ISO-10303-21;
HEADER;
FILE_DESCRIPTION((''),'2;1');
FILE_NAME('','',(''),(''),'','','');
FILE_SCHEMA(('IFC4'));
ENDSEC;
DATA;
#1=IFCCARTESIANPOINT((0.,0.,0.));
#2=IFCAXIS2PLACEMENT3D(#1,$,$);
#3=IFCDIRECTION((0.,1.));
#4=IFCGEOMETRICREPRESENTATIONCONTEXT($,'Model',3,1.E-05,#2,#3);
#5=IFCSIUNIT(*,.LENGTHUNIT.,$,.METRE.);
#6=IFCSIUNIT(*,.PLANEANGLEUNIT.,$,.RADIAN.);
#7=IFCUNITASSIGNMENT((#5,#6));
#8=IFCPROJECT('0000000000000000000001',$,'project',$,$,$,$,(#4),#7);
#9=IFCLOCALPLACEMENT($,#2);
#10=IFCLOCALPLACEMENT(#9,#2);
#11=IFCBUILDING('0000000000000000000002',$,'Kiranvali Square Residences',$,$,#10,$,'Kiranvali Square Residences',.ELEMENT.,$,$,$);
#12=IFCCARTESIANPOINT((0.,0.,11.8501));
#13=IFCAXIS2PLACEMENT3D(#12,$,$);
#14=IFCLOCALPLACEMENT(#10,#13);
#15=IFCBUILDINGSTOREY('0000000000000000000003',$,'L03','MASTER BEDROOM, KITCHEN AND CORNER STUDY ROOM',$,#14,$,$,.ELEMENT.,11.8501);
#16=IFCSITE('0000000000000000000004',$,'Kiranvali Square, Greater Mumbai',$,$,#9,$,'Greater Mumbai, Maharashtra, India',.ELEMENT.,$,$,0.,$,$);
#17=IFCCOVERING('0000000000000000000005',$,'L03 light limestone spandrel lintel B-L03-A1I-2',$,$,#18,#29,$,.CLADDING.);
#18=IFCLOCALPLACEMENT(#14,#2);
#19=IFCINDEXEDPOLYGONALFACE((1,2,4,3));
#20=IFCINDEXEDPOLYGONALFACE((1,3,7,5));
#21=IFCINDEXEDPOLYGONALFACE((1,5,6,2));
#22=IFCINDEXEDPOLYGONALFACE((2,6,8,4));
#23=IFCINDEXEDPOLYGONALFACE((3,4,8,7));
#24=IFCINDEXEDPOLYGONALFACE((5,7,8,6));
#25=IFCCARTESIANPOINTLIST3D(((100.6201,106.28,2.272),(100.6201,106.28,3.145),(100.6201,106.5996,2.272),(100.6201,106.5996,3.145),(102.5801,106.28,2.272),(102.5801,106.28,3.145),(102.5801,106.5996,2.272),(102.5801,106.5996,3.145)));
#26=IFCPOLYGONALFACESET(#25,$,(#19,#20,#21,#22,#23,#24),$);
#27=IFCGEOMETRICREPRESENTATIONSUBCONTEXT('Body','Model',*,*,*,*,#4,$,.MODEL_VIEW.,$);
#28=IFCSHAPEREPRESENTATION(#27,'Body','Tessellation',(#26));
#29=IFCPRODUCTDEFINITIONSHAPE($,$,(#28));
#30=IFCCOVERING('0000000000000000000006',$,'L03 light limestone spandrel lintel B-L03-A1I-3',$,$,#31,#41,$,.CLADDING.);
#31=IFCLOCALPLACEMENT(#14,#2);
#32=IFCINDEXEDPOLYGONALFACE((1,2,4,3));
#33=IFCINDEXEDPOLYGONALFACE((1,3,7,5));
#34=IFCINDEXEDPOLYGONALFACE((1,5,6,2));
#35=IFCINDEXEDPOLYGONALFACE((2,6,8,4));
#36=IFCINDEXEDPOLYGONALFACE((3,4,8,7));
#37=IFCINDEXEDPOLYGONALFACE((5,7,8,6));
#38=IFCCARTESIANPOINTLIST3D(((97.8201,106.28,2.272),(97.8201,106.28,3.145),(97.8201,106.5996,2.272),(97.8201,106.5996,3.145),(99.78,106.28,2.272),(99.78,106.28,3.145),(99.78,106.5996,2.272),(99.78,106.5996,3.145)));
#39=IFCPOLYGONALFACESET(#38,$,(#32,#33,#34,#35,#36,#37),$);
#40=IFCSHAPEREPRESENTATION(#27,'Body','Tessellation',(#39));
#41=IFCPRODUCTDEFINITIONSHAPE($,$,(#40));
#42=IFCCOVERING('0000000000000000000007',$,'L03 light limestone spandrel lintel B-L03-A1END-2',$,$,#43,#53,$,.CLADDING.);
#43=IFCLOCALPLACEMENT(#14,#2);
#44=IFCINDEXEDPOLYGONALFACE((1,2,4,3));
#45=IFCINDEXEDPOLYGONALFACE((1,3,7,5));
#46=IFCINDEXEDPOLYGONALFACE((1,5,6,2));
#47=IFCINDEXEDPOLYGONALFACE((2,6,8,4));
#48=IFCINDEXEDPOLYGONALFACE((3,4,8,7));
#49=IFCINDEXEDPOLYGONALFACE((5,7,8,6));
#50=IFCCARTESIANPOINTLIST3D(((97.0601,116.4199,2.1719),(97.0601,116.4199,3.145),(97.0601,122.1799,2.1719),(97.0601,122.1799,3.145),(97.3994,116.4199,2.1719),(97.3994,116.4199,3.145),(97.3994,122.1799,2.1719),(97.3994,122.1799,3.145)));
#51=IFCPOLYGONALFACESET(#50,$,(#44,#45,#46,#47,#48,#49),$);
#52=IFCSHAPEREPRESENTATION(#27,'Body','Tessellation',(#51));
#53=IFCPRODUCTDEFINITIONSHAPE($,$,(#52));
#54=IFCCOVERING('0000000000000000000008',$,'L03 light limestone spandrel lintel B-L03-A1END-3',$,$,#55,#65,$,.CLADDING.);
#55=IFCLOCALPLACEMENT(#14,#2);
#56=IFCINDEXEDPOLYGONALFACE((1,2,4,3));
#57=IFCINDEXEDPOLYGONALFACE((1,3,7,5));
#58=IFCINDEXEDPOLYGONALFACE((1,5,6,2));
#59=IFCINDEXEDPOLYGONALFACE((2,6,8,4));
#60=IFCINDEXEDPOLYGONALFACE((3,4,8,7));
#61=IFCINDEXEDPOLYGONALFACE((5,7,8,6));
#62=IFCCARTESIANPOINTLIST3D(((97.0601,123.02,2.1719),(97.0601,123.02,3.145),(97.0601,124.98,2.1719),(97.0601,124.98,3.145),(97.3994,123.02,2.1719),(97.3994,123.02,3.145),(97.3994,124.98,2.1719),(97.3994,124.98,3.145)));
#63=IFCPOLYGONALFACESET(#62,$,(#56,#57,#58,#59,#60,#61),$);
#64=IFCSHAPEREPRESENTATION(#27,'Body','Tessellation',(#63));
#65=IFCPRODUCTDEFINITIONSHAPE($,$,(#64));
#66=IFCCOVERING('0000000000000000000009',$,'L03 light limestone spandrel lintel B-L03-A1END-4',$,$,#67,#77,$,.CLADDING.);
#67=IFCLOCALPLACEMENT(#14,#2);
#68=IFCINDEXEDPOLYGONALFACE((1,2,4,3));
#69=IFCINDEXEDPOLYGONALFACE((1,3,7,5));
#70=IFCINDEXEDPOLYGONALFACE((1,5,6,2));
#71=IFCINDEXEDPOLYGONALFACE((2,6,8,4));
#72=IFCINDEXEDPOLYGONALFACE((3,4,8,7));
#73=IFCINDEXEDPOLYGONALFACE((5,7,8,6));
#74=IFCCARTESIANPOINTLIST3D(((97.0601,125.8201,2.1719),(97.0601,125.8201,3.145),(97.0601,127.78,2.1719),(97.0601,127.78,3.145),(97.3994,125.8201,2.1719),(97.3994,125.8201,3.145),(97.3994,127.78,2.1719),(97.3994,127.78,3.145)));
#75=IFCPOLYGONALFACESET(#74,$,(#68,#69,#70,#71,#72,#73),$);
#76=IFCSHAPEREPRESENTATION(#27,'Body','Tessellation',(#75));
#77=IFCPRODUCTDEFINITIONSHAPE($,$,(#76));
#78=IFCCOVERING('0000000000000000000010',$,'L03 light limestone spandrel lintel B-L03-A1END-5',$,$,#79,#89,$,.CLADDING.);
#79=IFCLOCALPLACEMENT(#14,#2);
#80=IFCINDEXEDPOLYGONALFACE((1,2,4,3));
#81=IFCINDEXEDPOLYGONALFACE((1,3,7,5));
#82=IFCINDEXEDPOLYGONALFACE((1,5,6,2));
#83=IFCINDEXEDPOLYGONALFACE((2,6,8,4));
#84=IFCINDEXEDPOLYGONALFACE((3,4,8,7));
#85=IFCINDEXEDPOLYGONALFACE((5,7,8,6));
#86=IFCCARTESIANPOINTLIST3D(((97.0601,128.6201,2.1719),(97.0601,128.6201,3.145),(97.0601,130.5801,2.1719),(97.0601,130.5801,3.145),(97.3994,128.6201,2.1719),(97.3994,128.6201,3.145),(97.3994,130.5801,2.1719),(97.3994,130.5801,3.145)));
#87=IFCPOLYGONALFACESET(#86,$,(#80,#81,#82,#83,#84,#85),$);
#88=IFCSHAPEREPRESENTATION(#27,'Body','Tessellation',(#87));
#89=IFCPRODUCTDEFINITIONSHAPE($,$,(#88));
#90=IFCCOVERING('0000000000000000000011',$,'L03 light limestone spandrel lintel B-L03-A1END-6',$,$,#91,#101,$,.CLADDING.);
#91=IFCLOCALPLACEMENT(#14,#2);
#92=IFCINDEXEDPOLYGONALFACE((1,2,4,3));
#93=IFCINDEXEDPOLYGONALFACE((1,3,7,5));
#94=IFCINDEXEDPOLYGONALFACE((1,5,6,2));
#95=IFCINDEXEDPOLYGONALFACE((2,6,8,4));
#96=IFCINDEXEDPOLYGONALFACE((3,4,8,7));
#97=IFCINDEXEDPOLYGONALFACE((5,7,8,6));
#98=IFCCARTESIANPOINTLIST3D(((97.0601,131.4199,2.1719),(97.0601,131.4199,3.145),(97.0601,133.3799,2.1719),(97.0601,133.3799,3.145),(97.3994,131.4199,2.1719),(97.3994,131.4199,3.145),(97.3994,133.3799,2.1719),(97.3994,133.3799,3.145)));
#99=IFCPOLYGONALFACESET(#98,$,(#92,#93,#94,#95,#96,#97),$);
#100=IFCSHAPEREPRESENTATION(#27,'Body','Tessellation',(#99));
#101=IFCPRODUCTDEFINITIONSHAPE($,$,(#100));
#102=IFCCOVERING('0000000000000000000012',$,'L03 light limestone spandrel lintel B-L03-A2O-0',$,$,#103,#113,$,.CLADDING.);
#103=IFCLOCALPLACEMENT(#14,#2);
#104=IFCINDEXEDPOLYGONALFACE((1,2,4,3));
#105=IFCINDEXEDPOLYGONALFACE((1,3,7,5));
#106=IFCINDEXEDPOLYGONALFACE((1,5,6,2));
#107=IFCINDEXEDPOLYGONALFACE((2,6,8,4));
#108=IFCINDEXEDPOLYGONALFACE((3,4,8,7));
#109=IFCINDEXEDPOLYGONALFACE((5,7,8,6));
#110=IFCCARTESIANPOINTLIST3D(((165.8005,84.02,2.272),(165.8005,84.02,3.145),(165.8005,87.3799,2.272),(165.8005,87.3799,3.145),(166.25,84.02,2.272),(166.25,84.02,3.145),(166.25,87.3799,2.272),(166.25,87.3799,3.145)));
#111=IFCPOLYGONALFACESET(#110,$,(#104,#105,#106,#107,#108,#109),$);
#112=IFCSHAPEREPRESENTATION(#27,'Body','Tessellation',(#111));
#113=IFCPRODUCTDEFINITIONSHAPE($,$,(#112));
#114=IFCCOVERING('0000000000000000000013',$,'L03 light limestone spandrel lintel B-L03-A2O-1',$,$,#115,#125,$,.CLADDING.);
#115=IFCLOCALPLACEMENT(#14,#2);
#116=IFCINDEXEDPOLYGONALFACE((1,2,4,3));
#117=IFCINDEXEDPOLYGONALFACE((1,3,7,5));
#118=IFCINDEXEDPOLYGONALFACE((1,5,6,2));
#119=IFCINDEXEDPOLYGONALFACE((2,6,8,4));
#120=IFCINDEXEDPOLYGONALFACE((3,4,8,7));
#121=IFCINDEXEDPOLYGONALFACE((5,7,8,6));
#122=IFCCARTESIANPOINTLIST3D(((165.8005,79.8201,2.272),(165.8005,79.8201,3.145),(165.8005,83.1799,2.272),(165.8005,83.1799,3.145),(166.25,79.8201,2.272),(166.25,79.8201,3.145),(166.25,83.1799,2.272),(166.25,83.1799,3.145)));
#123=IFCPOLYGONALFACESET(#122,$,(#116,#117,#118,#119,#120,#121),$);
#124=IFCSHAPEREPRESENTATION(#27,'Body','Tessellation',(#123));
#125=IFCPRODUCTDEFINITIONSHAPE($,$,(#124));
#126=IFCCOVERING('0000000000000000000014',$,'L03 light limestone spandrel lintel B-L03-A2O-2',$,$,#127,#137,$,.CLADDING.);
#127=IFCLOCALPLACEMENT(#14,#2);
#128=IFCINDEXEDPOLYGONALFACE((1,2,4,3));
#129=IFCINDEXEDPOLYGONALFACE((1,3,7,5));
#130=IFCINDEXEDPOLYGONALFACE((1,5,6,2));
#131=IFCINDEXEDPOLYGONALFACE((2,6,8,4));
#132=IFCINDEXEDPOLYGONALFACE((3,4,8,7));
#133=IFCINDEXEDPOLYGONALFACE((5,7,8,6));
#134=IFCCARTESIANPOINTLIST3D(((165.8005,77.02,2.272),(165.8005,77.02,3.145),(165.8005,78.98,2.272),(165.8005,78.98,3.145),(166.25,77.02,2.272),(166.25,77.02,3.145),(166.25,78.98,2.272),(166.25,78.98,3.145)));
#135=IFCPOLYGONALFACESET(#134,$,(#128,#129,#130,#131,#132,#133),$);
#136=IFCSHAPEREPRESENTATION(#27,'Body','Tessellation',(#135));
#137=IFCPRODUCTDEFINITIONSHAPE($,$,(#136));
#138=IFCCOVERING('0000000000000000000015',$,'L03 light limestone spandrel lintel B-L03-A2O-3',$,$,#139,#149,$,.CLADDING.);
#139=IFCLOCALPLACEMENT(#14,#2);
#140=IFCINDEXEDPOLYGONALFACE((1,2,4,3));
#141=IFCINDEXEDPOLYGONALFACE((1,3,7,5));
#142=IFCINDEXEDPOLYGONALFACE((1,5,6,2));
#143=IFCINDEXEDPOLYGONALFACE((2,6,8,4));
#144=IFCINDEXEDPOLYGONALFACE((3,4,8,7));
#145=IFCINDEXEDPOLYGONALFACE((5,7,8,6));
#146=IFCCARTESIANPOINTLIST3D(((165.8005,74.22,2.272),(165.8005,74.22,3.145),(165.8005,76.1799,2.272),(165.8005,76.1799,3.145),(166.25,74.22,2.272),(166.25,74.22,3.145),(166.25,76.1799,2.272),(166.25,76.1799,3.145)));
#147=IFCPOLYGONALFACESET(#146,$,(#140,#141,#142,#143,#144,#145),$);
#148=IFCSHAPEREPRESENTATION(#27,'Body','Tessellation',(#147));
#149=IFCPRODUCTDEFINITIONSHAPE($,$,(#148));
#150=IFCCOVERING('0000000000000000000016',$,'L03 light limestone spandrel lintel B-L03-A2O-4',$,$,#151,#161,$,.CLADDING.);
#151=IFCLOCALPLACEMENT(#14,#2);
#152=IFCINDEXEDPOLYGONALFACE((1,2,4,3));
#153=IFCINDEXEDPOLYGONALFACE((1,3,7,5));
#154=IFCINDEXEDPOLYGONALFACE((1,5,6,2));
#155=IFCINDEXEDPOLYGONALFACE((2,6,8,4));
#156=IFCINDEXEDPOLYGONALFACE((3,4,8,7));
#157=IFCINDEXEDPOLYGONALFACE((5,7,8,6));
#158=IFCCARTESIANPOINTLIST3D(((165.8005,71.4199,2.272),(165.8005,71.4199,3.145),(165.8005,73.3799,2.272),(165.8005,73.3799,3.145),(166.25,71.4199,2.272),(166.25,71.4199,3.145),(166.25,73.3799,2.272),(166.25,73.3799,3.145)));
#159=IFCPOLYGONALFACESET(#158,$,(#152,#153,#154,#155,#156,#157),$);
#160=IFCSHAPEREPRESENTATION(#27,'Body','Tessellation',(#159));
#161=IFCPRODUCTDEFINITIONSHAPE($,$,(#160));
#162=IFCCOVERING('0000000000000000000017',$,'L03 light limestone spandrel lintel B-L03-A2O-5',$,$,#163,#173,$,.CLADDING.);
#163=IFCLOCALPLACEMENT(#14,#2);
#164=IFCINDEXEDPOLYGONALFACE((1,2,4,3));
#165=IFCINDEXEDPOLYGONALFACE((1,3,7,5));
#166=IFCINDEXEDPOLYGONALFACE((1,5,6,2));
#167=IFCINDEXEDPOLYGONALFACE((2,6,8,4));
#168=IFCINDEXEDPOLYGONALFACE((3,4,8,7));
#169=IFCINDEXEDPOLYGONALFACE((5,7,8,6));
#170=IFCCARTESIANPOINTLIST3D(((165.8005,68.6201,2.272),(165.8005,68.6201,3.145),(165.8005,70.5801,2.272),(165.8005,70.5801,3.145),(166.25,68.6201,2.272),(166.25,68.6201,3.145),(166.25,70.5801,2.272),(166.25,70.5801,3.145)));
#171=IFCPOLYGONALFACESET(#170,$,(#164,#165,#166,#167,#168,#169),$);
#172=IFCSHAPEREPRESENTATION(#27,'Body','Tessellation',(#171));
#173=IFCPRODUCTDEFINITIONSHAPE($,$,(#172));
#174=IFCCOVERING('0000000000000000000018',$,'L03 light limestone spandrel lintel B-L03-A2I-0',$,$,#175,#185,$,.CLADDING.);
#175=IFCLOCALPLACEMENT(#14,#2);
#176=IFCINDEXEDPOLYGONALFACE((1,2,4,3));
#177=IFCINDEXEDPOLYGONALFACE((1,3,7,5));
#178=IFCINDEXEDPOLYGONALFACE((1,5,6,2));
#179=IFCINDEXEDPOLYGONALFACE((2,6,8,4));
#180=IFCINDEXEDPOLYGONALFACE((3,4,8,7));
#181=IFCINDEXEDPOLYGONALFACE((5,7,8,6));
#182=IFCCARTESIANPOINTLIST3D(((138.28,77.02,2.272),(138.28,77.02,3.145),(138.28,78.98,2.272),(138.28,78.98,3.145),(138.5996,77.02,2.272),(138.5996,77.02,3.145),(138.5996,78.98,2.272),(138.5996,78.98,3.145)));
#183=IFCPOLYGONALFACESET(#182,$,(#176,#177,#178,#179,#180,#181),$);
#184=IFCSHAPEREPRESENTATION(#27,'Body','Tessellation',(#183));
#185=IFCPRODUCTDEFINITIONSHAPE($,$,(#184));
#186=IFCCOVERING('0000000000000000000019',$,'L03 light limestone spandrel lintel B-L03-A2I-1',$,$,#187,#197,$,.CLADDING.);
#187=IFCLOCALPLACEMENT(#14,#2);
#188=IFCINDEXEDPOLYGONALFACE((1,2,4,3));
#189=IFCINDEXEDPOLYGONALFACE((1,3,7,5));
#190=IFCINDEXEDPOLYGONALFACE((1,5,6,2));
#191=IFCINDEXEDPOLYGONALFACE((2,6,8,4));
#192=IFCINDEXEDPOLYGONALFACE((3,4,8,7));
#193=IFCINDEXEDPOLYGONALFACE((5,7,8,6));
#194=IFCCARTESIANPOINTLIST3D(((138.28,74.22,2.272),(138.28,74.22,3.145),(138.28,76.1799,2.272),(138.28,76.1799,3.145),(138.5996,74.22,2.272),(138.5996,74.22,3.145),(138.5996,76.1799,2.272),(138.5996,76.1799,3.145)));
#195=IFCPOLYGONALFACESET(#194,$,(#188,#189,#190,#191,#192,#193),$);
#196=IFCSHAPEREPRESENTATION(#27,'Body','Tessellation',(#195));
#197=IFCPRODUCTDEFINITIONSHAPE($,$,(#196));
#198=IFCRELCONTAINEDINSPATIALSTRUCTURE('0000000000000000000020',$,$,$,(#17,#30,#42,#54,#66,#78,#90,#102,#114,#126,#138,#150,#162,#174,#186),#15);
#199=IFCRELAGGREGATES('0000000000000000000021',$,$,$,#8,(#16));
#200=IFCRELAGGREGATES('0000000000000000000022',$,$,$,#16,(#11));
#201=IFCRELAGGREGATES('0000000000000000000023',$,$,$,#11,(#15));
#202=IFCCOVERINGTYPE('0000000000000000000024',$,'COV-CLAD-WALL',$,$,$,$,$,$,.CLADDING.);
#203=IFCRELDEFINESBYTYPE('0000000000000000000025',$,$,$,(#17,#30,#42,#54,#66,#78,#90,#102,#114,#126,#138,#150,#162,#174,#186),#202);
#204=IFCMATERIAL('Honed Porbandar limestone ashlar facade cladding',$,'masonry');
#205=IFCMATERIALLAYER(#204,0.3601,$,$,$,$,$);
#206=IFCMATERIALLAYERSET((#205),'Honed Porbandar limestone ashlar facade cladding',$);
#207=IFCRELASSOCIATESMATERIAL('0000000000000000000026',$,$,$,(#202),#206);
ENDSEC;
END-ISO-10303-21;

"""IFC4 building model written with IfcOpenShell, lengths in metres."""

from ifc_helpers import new_model, si_unit, direction, frame, origin, place, context, subcontext, project, spatial, polyline, outline, extrude, material, layer, layer_set, type_object, element, save


model = new_model("IFC4")

# Units and contexts
model_context = context("Model", 3, precision=1e-05, world=origin(), true_north=direction((0.0, 1.0)))
body_context = subcontext(model_context, "Body", "Model", "MODEL_VIEW")
ifc_project = project(units=[si_unit("LENGTHUNIT", "METRE"), si_unit("PLANEANGLEUNIT", "RADIAN")], contexts=[model_context])

# Site, building, storey
site_placement = place(None, origin())
site = spatial("IfcSite", under=ifc_project, at=site_placement, Name="Kiranvali Square, Greater Mumbai", LongName="Greater Mumbai, Maharashtra, India", CompositionType="ELEMENT", RefElevation=0.0)
building_placement = place(site_placement, origin())
building = spatial("IfcBuilding", under=site, at=building_placement, Name="Kiranvali Square Residences", LongName="Kiranvali Square Residences", CompositionType="ELEMENT")
storey_placement = place(building_placement, frame((0.0, 0.0, 11.8501)))
storey = spatial("IfcBuildingStorey", under=building, at=storey_placement, Name="L03", Description="MASTER BEDROOM, KITCHEN AND CORNER STUDY ROOM", CompositionType="ELEMENT", Elevation=11.8501)

# Coverings
ifc_material = material(Name="Honed Porbandar limestone ashlar facade cladding", Category="masonry")
ifc_layer = layer(ifc_material, 0.3601)
ifc_layer_set = layer_set([ifc_layer], Name="Honed Porbandar limestone ashlar facade cladding")
covering_type = type_object("IfcCoveringType", Name="COV-CLAD-WALL", PredefinedType="CLADDING", material=ifc_layer_set)
covering_1_placement = place(storey_placement, frame((0.0, 0.0, 2.272)))
element("IfcCovering", 1, at=covering_1_placement, inside=storey, type_object=covering_type, Name="L03 light limestone spandrel lintel B-L03-A1I-2", PredefinedType="CLADDING", context=body_context, shape_type="SweptSolid", body=[
    extrude(outline(polyline([(102.5801, 106.5996), (100.6201, 106.5996), (100.6201, 106.28), (102.5801, 106.28), (102.5801, 106.5996)])), origin(), (0.0, 0.0, 1.0), 0.873),
])
covering_2_placement = place(storey_placement, frame((0.0, 0.0, 2.272)))
element("IfcCovering", 2, at=covering_2_placement, inside=storey, type_object=covering_type, Name="L03 light limestone spandrel lintel B-L03-A1I-3", PredefinedType="CLADDING", context=body_context, shape_type="SweptSolid", body=[
    extrude(outline(polyline([(99.78, 106.5996), (97.8201, 106.5996), (97.8201, 106.28), (99.78, 106.28), (99.78, 106.5996)])), origin(), (0.0, 0.0, 1.0), 0.873),
])
covering_3_placement = place(storey_placement, frame((0.0, 0.0, 2.1719)))
element("IfcCovering", 3, at=covering_3_placement, inside=storey, type_object=covering_type, Name="L03 light limestone spandrel lintel B-L03-A1END-2", PredefinedType="CLADDING", context=body_context, shape_type="SweptSolid", body=[
    extrude(outline(polyline([(97.3994, 116.4199), (97.3994, 122.1799), (97.0601, 122.1799), (97.0601, 116.4199), (97.3994, 116.4199)])), origin(), (0.0, 0.0, 1.0), 0.9731),
])
covering_4_placement = place(storey_placement, frame((0.0, 0.0, 2.1719)))
element("IfcCovering", 4, at=covering_4_placement, inside=storey, type_object=covering_type, Name="L03 light limestone spandrel lintel B-L03-A1END-3", PredefinedType="CLADDING", context=body_context, shape_type="SweptSolid", body=[
    extrude(outline(polyline([(97.3994, 123.02), (97.3994, 124.98), (97.0601, 124.98), (97.0601, 123.02), (97.3994, 123.02)])), origin(), (0.0, 0.0, 1.0), 0.9731),
])
covering_5_placement = place(storey_placement, frame((0.0, 0.0, 2.1719)))
element("IfcCovering", 5, at=covering_5_placement, inside=storey, type_object=covering_type, Name="L03 light limestone spandrel lintel B-L03-A1END-4", PredefinedType="CLADDING", context=body_context, shape_type="SweptSolid", body=[
    extrude(outline(polyline([(97.3994, 125.8201), (97.3994, 127.78), (97.0601, 127.78), (97.0601, 125.8201), (97.3994, 125.8201)])), origin(), (0.0, 0.0, 1.0), 0.9731),
])
covering_6_placement = place(storey_placement, frame((0.0, 0.0, 2.1719)))
element("IfcCovering", 6, at=covering_6_placement, inside=storey, type_object=covering_type, Name="L03 light limestone spandrel lintel B-L03-A1END-5", PredefinedType="CLADDING", context=body_context, shape_type="SweptSolid", body=[
    extrude(outline(polyline([(97.3994, 128.6201), (97.3994, 130.5801), (97.0601, 130.5801), (97.0601, 128.6201), (97.3994, 128.6201)])), origin(), (0.0, 0.0, 1.0), 0.9731),
])
covering_7_placement = place(storey_placement, frame((0.0, 0.0, 2.1719)))
element("IfcCovering", 7, at=covering_7_placement, inside=storey, type_object=covering_type, Name="L03 light limestone spandrel lintel B-L03-A1END-6", PredefinedType="CLADDING", context=body_context, shape_type="SweptSolid", body=[
    extrude(outline(polyline([(97.3994, 131.4199), (97.3994, 133.3799), (97.0601, 133.3799), (97.0601, 131.4199), (97.3994, 131.4199)])), origin(), (0.0, 0.0, 1.0), 0.9731),
])
covering_8_placement = place(storey_placement, frame((0.0, 0.0, 2.272)))
element("IfcCovering", 8, at=covering_8_placement, inside=storey, type_object=covering_type, Name="L03 light limestone spandrel lintel B-L03-A2O-0", PredefinedType="CLADDING", context=body_context, shape_type="SweptSolid", body=[
    extrude(outline(polyline([(165.8005, 87.3799), (165.8005, 84.02), (166.25, 84.02), (166.25, 87.3799), (165.8005, 87.3799)])), origin(), (0.0, 0.0, 1.0), 0.873),
])
covering_9_placement = place(storey_placement, frame((0.0, 0.0, 2.272)))
element("IfcCovering", 9, at=covering_9_placement, inside=storey, type_object=covering_type, Name="L03 light limestone spandrel lintel B-L03-A2O-1", PredefinedType="CLADDING", context=body_context, shape_type="SweptSolid", body=[
    extrude(outline(polyline([(165.8005, 83.1799), (165.8005, 79.8201), (166.25, 79.8201), (166.25, 83.1799), (165.8005, 83.1799)])), origin(), (0.0, 0.0, 1.0), 0.873),
])
covering_10_placement = place(storey_placement, frame((0.0, 0.0, 2.272)))
element("IfcCovering", 10, at=covering_10_placement, inside=storey, type_object=covering_type, Name="L03 light limestone spandrel lintel B-L03-A2O-2", PredefinedType="CLADDING", context=body_context, shape_type="SweptSolid", body=[
    extrude(outline(polyline([(165.8005, 78.98), (165.8005, 77.02), (166.25, 77.02), (166.25, 78.98), (165.8005, 78.98)])), origin(), (0.0, 0.0, 1.0), 0.873),
])
covering_11_placement = place(storey_placement, frame((0.0, 0.0, 2.272)))
element("IfcCovering", 11, at=covering_11_placement, inside=storey, type_object=covering_type, Name="L03 light limestone spandrel lintel B-L03-A2O-3", PredefinedType="CLADDING", context=body_context, shape_type="SweptSolid", body=[
    extrude(outline(polyline([(165.8005, 76.1799), (165.8005, 74.22), (166.25, 74.22), (166.25, 76.1799), (165.8005, 76.1799)])), origin(), (0.0, 0.0, 1.0), 0.873),
])
covering_12_placement = place(storey_placement, frame((0.0, 0.0, 2.272)))
element("IfcCovering", 12, at=covering_12_placement, inside=storey, type_object=covering_type, Name="L03 light limestone spandrel lintel B-L03-A2O-4", PredefinedType="CLADDING", context=body_context, shape_type="SweptSolid", body=[
    extrude(outline(polyline([(165.8005, 73.3799), (165.8005, 71.4199), (166.25, 71.4199), (166.25, 73.3799), (165.8005, 73.3799)])), origin(), (0.0, 0.0, 1.0), 0.873),
])
covering_13_placement = place(storey_placement, frame((0.0, 0.0, 2.272)))
element("IfcCovering", 13, at=covering_13_placement, inside=storey, type_object=covering_type, Name="L03 light limestone spandrel lintel B-L03-A2O-5", PredefinedType="CLADDING", context=body_context, shape_type="SweptSolid", body=[
    extrude(outline(polyline([(165.8005, 70.5801), (165.8005, 68.6201), (166.25, 68.6201), (166.25, 70.5801), (165.8005, 70.5801)])), origin(), (0.0, 0.0, 1.0), 0.873),
])
covering_14_placement = place(storey_placement, frame((0.0, 0.0, 2.272)))
element("IfcCovering", 14, at=covering_14_placement, inside=storey, type_object=covering_type, Name="L03 light limestone spandrel lintel B-L03-A2I-0", PredefinedType="CLADDING", context=body_context, shape_type="SweptSolid", body=[
    extrude(outline(polyline([(138.28, 78.98), (138.28, 77.02), (138.5996, 77.02), (138.5996, 78.98), (138.28, 78.98)])), origin(), (0.0, 0.0, 1.0), 0.873),
])
covering_15_placement = place(storey_placement, frame((0.0, 0.0, 2.272)))
element("IfcCovering", 15, at=covering_15_placement, inside=storey, type_object=covering_type, Name="L03 light limestone spandrel lintel B-L03-A2I-1", PredefinedType="CLADDING", context=body_context, shape_type="SweptSolid", body=[
    extrude(outline(polyline([(138.28, 76.1799), (138.28, 74.22), (138.5996, 74.22), (138.5996, 76.1799), (138.28, 76.1799)])), origin(), (0.0, 0.0, 1.0), 0.873),
])

save(model, "model.ifc")
